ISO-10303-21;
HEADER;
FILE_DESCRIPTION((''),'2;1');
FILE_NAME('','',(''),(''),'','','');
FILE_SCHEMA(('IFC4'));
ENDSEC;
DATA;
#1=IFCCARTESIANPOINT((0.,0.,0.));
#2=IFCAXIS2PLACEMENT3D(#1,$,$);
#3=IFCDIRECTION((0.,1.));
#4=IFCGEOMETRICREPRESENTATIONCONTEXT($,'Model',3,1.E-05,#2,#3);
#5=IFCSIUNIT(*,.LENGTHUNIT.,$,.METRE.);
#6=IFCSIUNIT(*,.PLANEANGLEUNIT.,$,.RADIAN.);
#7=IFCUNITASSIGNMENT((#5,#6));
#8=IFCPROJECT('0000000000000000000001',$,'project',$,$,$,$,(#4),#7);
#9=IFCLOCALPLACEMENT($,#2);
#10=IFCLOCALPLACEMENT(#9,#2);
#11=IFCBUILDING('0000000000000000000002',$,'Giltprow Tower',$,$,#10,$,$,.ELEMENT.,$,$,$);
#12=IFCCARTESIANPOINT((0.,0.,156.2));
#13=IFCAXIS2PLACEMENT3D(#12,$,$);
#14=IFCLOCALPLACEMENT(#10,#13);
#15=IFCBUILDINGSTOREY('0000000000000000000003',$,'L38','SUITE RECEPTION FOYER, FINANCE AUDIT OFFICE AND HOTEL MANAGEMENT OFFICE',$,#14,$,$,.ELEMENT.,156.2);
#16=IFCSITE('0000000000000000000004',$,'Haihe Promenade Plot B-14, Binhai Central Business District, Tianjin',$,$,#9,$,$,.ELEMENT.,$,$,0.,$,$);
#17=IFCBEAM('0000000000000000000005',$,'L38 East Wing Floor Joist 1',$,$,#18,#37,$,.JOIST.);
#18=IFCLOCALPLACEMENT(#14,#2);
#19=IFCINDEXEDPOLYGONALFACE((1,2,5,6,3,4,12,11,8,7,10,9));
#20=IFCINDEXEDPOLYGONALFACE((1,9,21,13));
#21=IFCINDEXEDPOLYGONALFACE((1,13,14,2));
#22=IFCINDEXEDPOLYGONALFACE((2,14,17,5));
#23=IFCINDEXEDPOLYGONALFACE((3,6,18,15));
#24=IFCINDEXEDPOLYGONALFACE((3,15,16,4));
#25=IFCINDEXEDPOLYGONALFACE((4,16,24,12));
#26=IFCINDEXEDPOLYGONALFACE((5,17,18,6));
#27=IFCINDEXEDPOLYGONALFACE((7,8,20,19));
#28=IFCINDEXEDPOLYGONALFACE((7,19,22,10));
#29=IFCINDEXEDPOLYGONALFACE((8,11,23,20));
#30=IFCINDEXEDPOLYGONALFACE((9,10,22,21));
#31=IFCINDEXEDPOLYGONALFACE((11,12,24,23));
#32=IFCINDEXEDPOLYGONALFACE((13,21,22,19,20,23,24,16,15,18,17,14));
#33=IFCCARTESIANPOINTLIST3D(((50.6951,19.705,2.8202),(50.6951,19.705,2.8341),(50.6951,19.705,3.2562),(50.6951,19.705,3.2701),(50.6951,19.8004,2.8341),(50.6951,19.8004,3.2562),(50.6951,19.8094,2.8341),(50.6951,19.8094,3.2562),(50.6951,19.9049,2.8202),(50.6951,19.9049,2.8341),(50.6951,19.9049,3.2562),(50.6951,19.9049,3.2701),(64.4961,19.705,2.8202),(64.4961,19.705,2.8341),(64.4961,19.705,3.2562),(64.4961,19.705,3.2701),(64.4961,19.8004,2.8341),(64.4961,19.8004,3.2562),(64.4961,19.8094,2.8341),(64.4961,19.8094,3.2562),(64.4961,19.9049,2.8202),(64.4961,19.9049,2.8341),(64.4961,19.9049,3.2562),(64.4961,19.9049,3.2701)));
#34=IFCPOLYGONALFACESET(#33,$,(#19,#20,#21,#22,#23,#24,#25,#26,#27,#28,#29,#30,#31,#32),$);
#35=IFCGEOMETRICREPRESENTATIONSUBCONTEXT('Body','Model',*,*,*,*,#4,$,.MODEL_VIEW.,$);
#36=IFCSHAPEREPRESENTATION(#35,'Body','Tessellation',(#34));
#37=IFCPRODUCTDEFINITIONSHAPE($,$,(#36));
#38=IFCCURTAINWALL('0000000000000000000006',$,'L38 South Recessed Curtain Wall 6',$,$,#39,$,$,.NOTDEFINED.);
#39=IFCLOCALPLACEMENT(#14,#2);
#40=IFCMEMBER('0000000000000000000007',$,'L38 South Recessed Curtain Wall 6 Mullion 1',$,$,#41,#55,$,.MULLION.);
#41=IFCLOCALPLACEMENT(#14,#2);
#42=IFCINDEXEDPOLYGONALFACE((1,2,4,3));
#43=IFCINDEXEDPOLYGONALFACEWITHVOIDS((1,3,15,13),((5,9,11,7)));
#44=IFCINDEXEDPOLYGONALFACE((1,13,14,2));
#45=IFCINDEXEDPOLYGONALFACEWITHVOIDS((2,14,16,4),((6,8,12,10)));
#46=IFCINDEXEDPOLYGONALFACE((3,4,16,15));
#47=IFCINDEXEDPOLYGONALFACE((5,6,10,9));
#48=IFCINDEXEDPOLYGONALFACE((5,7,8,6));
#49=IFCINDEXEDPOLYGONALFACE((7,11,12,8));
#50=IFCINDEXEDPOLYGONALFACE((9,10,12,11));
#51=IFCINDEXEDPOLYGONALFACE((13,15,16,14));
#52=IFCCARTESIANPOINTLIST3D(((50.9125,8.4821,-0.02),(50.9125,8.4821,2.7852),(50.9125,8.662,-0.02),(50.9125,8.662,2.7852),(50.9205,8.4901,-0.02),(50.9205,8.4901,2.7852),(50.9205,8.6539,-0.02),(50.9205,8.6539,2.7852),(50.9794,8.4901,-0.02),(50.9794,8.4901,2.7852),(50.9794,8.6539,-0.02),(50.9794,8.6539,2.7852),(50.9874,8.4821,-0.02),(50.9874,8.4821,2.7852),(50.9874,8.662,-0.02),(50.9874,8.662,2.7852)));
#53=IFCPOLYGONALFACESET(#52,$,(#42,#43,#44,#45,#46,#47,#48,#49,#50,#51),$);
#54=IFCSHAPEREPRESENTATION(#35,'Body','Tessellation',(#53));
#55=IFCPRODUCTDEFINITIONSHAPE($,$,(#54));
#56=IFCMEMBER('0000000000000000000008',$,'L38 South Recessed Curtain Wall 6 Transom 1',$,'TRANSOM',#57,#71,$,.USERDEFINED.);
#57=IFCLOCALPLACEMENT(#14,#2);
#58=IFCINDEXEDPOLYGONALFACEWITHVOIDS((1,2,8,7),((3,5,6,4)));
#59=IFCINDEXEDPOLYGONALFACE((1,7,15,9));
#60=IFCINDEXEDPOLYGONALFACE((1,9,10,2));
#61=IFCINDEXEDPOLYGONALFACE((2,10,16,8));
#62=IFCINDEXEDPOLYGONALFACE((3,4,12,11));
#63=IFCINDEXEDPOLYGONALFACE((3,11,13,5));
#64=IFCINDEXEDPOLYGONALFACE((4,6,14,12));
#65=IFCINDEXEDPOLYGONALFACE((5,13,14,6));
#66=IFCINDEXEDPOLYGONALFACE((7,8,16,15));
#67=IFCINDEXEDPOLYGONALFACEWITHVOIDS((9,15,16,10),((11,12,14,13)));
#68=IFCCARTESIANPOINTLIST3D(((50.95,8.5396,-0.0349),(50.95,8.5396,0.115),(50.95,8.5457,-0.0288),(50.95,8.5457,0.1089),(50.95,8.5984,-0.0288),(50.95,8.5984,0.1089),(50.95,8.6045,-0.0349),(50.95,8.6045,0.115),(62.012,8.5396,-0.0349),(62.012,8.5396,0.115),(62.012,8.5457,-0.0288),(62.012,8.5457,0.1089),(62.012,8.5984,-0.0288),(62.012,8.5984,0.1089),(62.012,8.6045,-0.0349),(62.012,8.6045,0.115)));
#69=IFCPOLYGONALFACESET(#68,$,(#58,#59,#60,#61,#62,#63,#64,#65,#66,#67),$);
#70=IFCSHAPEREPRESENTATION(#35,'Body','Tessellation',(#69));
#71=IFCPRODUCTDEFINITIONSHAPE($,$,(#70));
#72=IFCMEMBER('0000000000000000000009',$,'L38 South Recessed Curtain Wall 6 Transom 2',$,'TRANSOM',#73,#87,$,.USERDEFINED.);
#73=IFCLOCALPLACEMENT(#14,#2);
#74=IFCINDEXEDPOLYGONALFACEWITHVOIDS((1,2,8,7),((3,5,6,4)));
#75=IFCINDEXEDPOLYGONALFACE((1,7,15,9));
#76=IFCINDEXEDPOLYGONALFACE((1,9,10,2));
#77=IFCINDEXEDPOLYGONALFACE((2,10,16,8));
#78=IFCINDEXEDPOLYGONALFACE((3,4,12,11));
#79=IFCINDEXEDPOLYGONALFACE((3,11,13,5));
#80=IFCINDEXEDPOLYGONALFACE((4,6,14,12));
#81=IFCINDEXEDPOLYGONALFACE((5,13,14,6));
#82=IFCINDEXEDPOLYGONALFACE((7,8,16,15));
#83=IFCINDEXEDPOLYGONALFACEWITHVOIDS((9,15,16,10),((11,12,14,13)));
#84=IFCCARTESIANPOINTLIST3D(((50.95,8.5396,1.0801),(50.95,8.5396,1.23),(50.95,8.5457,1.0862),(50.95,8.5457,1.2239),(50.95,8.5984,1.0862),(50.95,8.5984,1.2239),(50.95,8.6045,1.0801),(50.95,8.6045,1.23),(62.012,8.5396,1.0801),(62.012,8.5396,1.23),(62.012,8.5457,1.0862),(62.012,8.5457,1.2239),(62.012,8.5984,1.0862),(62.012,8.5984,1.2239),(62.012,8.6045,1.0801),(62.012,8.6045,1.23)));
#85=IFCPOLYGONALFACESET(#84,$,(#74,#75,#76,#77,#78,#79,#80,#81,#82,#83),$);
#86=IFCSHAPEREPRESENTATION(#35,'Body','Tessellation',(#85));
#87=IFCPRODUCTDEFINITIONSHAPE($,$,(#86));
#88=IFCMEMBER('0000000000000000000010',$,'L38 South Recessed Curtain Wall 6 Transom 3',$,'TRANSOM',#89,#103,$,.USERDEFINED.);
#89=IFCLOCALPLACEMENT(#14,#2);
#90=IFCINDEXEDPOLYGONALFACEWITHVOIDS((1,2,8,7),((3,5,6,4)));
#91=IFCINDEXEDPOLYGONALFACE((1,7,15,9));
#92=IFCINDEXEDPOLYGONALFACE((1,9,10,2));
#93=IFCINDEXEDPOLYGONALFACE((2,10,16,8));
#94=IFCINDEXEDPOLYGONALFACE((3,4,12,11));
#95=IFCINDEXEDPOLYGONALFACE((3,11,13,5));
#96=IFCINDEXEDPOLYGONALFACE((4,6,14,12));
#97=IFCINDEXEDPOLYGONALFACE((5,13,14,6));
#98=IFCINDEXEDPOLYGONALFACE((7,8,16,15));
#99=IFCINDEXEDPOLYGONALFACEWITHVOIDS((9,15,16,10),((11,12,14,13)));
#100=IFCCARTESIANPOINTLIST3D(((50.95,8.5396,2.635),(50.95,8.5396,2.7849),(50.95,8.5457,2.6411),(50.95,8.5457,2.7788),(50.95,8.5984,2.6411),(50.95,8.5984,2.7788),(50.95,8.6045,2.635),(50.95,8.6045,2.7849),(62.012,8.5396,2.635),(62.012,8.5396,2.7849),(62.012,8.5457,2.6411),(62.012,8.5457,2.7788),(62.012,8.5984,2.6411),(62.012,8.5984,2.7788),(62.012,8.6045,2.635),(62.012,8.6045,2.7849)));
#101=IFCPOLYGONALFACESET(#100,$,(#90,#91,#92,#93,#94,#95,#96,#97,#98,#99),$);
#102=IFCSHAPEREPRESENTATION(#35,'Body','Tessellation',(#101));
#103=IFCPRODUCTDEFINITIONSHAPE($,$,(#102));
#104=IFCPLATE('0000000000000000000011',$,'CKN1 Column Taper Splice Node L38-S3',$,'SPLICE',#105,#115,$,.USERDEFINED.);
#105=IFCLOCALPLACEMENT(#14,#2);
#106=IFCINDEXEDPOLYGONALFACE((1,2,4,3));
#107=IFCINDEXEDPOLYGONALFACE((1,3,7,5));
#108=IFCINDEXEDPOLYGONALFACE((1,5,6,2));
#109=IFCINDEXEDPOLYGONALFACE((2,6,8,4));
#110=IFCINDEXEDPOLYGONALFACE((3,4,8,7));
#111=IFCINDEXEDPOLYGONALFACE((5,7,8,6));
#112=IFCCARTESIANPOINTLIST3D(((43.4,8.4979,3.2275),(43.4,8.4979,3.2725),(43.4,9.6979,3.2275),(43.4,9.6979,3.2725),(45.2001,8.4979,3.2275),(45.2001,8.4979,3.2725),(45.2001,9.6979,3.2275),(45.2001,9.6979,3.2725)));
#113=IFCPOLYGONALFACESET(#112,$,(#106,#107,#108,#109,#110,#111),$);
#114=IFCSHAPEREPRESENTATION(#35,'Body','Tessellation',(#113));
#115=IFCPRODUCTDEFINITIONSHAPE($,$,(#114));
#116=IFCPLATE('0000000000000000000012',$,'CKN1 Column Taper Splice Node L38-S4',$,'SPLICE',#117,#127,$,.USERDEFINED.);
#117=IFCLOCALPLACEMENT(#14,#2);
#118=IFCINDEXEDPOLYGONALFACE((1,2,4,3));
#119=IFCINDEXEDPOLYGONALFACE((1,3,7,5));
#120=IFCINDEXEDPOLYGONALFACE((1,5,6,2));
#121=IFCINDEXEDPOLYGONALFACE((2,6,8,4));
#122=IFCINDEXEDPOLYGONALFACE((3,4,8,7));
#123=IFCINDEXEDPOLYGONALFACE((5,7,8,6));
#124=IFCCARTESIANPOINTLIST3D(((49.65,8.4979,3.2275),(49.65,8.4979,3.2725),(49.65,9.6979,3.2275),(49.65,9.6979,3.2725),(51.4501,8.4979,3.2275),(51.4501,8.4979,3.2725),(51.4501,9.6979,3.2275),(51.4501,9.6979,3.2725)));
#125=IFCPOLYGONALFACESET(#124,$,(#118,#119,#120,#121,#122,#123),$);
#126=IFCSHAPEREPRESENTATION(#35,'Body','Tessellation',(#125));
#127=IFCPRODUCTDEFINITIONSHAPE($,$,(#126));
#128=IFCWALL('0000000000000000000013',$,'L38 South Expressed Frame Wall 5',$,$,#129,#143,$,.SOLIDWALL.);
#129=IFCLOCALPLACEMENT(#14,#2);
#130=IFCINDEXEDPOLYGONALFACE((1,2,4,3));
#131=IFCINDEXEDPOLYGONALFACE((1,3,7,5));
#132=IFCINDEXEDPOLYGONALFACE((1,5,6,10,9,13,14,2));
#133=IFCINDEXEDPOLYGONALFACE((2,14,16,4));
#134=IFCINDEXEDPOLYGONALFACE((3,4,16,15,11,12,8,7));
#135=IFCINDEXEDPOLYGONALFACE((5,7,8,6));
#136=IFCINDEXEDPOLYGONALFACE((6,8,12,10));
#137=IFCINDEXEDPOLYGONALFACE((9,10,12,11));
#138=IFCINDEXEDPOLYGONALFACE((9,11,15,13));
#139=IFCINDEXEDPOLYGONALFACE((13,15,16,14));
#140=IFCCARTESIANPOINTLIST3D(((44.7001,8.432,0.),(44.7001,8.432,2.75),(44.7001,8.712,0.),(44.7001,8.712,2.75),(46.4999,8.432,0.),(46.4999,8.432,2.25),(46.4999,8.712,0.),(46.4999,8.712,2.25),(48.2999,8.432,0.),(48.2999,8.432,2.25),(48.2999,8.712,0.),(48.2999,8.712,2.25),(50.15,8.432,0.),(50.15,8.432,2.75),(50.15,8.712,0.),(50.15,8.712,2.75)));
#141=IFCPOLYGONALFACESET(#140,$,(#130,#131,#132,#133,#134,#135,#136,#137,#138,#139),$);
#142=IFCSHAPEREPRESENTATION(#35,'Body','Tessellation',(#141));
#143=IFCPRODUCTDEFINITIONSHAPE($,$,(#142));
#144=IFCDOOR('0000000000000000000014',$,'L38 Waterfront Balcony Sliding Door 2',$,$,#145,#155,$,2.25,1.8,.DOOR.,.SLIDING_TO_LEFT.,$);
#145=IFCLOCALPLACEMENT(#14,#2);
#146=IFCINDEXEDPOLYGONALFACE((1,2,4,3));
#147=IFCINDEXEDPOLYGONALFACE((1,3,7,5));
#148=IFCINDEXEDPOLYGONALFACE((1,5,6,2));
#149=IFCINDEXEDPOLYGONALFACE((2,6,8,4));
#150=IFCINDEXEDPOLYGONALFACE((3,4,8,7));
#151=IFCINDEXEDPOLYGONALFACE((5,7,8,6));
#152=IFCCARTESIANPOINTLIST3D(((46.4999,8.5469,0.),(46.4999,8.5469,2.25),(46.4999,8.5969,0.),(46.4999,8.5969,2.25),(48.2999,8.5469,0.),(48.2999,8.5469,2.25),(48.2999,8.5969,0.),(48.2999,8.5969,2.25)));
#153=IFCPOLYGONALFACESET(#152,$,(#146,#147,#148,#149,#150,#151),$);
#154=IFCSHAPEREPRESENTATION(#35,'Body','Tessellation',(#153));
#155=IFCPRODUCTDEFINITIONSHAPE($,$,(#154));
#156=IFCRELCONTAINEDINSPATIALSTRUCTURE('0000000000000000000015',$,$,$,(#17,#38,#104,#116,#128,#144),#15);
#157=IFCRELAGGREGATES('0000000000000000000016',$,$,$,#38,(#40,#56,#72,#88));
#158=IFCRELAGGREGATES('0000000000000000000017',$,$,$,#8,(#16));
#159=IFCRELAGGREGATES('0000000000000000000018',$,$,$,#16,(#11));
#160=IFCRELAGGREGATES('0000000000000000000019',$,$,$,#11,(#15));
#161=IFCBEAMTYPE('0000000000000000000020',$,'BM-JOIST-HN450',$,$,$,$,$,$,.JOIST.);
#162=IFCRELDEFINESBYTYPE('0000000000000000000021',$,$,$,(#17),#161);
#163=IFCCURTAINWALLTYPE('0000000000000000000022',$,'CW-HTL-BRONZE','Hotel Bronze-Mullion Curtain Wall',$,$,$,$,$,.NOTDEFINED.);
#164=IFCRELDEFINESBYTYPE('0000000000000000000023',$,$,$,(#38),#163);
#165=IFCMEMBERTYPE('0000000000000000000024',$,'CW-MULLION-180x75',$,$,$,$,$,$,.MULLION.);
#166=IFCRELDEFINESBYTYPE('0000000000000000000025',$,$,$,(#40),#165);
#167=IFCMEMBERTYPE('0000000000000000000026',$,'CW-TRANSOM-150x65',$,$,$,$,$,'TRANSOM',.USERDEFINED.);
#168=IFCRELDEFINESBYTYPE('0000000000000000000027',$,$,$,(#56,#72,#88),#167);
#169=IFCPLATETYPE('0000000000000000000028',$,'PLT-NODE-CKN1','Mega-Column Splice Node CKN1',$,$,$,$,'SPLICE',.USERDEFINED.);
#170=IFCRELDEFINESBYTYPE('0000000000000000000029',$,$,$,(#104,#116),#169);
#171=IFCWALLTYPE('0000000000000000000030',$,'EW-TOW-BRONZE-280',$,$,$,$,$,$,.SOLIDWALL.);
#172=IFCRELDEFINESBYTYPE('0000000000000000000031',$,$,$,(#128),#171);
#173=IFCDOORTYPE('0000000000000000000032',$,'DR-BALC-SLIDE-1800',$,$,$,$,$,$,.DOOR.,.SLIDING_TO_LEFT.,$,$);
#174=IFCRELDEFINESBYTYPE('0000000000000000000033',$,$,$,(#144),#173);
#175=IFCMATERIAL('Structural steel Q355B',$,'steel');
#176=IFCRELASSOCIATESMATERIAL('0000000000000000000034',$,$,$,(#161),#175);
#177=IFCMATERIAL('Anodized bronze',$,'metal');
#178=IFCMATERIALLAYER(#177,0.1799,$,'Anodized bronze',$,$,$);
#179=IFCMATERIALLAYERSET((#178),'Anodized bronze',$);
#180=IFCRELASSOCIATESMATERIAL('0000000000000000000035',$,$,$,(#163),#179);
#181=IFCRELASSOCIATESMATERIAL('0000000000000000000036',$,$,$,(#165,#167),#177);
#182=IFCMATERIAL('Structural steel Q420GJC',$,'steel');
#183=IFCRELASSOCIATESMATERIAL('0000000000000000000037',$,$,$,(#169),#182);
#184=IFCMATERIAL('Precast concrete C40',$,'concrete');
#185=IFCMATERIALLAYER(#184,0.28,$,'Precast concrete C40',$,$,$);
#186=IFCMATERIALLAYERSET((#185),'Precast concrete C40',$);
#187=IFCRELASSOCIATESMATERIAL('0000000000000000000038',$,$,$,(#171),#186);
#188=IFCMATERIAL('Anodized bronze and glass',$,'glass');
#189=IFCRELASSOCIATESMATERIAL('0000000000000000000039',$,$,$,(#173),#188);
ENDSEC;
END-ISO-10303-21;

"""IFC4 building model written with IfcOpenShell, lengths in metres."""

from ifc_helpers import new_model, si_unit, direction, frame, frame_2d, origin, origin_2d, place, context, subcontext, project, spatial, rectangle, hollow_rectangle, i_section, extrude, source, transform, mapped, material, layer, layer_set, material_profile, profile_set, type_object, element, fill, aggregate, save


model = new_model("IFC4")

# Units and contexts
model_context = context("Model", 3, precision=1e-05, world=origin(), true_north=direction((0.0, 1.0)))
body_context = subcontext(model_context, "Body", "Model", "MODEL_VIEW")
ifc_project = project(units=[si_unit("LENGTHUNIT", "METRE"), si_unit("PLANEANGLEUNIT", "RADIAN")], contexts=[model_context])

# Site, building, storey
site_placement = place(None, origin())
site = spatial("IfcSite", under=ifc_project, at=site_placement, Name="Haihe Promenade Plot B-14, Binhai Central Business District, Tianjin", CompositionType="ELEMENT", RefElevation=0.0)
building_placement = place(site_placement, origin())
building = spatial("IfcBuilding", under=site, at=building_placement, Name="Giltprow Tower", CompositionType="ELEMENT")
storey_placement = place(building_placement, frame((0.0, 0.0, 156.2)))
storey = spatial("IfcBuildingStorey", under=building, at=storey_placement, Name="L38", Description="SUITE RECEPTION FOYER, FINANCE AUDIT OFFICE AND HOTEL MANAGEMENT OFFICE", CompositionType="ELEMENT", Elevation=156.2)

# Shared definitions
ifc_material_1 = material(Name="Structural steel Q420GJC", Category="steel")

# Beam
ifc_material_2 = material(Name="Structural steel Q355B", Category="steel")
ifc_material_profile_1 = material_profile(ifc_material_2, i_section(OverallWidth=0.2, OverallDepth=0.45, WebThickness=0.009, FlangeThickness=0.0139, at=origin_2d()), Name="HN 450x200x9x14")
ifc_profile_set_1 = profile_set([ifc_material_profile_1], Name="Structural steel Q355B")
beam_type_1 = type_object("IfcBeamType", Name="BM-JOIST-HN450", PredefinedType="JOIST", material=ifc_profile_set_1)
shared_shape_1 = source(origin(), body_context, "Body", "SweptSolid", [
    extrude(i_section(OverallWidth=0.2, OverallDepth=0.45, WebThickness=0.009, FlangeThickness=0.0139, at=origin_2d()), origin(), (0.0, 0.0, 1.0), 13.801),
])
beam_1_placement = place(storey_placement, frame((50.6951, 19.8049, 3.0452), z_axis=(1.0, 0.0, 0.0), x_axis=(0.0, 1.0, 0.0)))
element("IfcBeam", 1, at=beam_1_placement, inside=storey, type_object=beam_type_1, Name="L38 East Wing Floor Joist 1", PredefinedType="JOIST", context=body_context, shape_type="MappedRepresentation", body=[
    mapped(shared_shape_1, transform((0.0, 0.0, 0.0), x_axis=(1.0, 0.0, 0.0), y_axis=(0.0, 1.0, 0.0), z_axis=(0.0, 0.0, 1.0), scale=1.0)),
])

# Curtain wall, members
ifc_material_3 = material(Name="Anodized bronze", Category="metal")
ifc_layer_1 = layer(ifc_material_3, 0.1799, Name="Anodized bronze")
ifc_layer_set_1 = layer_set([ifc_layer_1], Name="Anodized bronze")
curtain_wall_type = type_object("IfcCurtainWallType", Name="CW-HTL-BRONZE", Description="Hotel Bronze-Mullion Curtain Wall", PredefinedType="NOTDEFINED", material=ifc_layer_set_1)
curtain_wall_placement = place(storey_placement, origin())
curtain_wall = element("IfcCurtainWall", 2, at=curtain_wall_placement, inside=storey, type_object=curtain_wall_type, Name="L38 South Recessed Curtain Wall 6", PredefinedType="NOTDEFINED")
ifc_material_profile_2 = material_profile(ifc_material_3, hollow_rectangle(XDim=0.075, YDim=0.1799, WallThickness=0.0081, at=origin_2d()), Name="RHS 180x75x8")
ifc_profile_set_2 = profile_set([ifc_material_profile_2], Name="Anodized bronze")
member_type_1 = type_object("IfcMemberType", Name="CW-MULLION-180x75", PredefinedType="MULLION", material=ifc_profile_set_2)
shared_shape_2 = source(origin(), body_context, "Body", "SweptSolid", [
    extrude(hollow_rectangle(XDim=0.075, YDim=0.1799, WallThickness=0.0081, at=origin_2d()), origin(), (0.0, 0.0, 1.0), 2.8052),
])
member_1_placement = place(storey_placement, frame((50.95, 8.572, -0.02), z_axis=(0.0, 0.0, 1.0), x_axis=(1.0, 0.0, 0.0)))
member_1 = element("IfcMember", 3, at=member_1_placement, type_object=member_type_1, Name="L38 South Recessed Curtain Wall 6 Mullion 1", PredefinedType="MULLION", context=body_context, shape_type="MappedRepresentation", body=[
    mapped(shared_shape_2, transform((0.0, 0.0, 0.0), x_axis=(1.0, 0.0, 0.0), y_axis=(0.0, 1.0, 0.0), z_axis=(0.0, 0.0, 1.0), scale=1.0)),
])
ifc_material_profile_3 = material_profile(ifc_material_3, hollow_rectangle(XDim=0.0649, YDim=0.1499, WallThickness=0.0061, at=origin_2d()), Name="RHS 150x65x6")
ifc_profile_set_3 = profile_set([ifc_material_profile_3], Name="Anodized bronze")
member_type_2 = type_object("IfcMemberType", Name="CW-TRANSOM-150x65", ElementType="TRANSOM", PredefinedType="USERDEFINED", material=ifc_profile_set_3)
shared_shape_3 = source(origin(), body_context, "Body", "SweptSolid", [
    extrude(hollow_rectangle(XDim=0.0649, YDim=0.1499, WallThickness=0.0061, at=origin_2d()), origin(), (0.0, 0.0, 1.0), 11.062),
])
member_2_placement = place(storey_placement, frame((50.95, 8.572, 0.04), z_axis=(1.0, 0.0, 0.0), x_axis=(0.0, 1.0, 0.0)))
member_2 = element("IfcMember", 4, at=member_2_placement, type_object=member_type_2, Name="L38 South Recessed Curtain Wall 6 Transom 1", ObjectType="TRANSOM", PredefinedType="USERDEFINED", context=body_context, shape_type="MappedRepresentation", body=[
    mapped(shared_shape_3, transform((0.0, 0.0, 0.0), x_axis=(1.0, 0.0, 0.0), y_axis=(0.0, 1.0, 0.0), z_axis=(0.0, 0.0, 1.0), scale=1.0)),
])
member_3_placement = place(storey_placement, frame((50.95, 8.572, 1.155), z_axis=(1.0, 0.0, 0.0), x_axis=(0.0, 1.0, 0.0)))
member_3 = element("IfcMember", 5, at=member_3_placement, type_object=member_type_2, Name="L38 South Recessed Curtain Wall 6 Transom 2", ObjectType="TRANSOM", PredefinedType="USERDEFINED", context=body_context, shape_type="MappedRepresentation", body=[
    mapped(shared_shape_3, transform((0.0, 0.0, 0.0), x_axis=(1.0, 0.0, 0.0), y_axis=(0.0, 1.0, 0.0), z_axis=(0.0, 0.0, 1.0), scale=1.0)),
])
member_4_placement = place(storey_placement, frame((50.95, 8.572, 2.71), z_axis=(1.0, 0.0, 0.0), x_axis=(0.0, 1.0, 0.0)))
member_4 = element("IfcMember", 6, at=member_4_placement, type_object=member_type_2, Name="L38 South Recessed Curtain Wall 6 Transom 3", ObjectType="TRANSOM", PredefinedType="USERDEFINED", context=body_context, shape_type="MappedRepresentation", body=[
    mapped(shared_shape_3, transform((0.0, 0.0, 0.0), x_axis=(1.0, 0.0, 0.0), y_axis=(0.0, 1.0, 0.0), z_axis=(0.0, 0.0, 1.0), scale=1.0)),
])
aggregate(curtain_wall, [member_1, member_2, member_3, member_4])

# Plates
plate_type = type_object("IfcPlateType", Name="PLT-NODE-CKN1", Description="Mega-Column Splice Node CKN1", ElementType="SPLICE", PredefinedType="USERDEFINED", material=ifc_material_1)
shared_shape_4 = source(origin(), body_context, "Body", "SweptSolid", [
    extrude(rectangle(XDim=1.8, YDim=1.2, at=origin_2d()), origin(), (0.0, 0.0, 1.0), 0.0449),
])
for number, where, z_axis, x_axis, name in (
    (7, (44.3, 9.0979, 3.2275), (0.0, 0.0, 1.0), (1.0, 0.0, 0.0), "CKN1 Column Taper Splice Node L38-S3"),
    (8, (50.55, 9.0979, 3.2275), (0.0, 0.0, 1.0), (1.0, 0.0, 0.0), "CKN1 Column Taper Splice Node L38-S4"),
):
    element("IfcPlate", number, at=place(storey_placement, frame(where, z_axis=z_axis, x_axis=x_axis)), inside=storey, type_object=plate_type, Name=name, ObjectType="SPLICE", PredefinedType="USERDEFINED", context=body_context, shape_type="MappedRepresentation", body=[
        mapped(shared_shape_4, transform((0.0, 0.0, 0.0), x_axis=(1.0, 0.0, 0.0), y_axis=(0.0, 1.0, 0.0), z_axis=(0.0, 0.0, 1.0), scale=1.0)),
    ])

# Wall, opening, door
ifc_material_4 = material(Name="Precast concrete C40", Category="concrete")
ifc_layer_2 = layer(ifc_material_4, 0.28, Name="Precast concrete C40")
ifc_layer_set_2 = layer_set([ifc_layer_2], Name="Precast concrete C40")
wall_type = type_object("IfcWallType", Name="EW-TOW-BRONZE-280", PredefinedType="SOLIDWALL", material=ifc_layer_set_2)
wall_placement = place(storey_placement, frame((44.7, 8.572, 0.0), z_axis=(0.0, 0.0, 1.0), x_axis=(1.0, 0.0, 0.0)))
wall = element("IfcWall", 9, at=wall_placement, inside=storey, type_object=wall_type, Name="L38 South Expressed Frame Wall 5", PredefinedType="SOLIDWALL", context=body_context, shape_type="SweptSolid", body=[
    extrude(rectangle(XDim=5.45, YDim=0.28, at=frame_2d((2.7251, 0.0))), origin(), (0.0, 0.0, 1.0), 2.75),
])
opening_placement = place(wall_placement, frame((1.8, 0.0, 0.0)))
opening = element("IfcOpeningElement", 10, at=opening_placement, cuts=wall, PredefinedType="OPENING", context=body_context, shape_type="SweptSolid", body=[
    extrude(rectangle(XDim=1.8, YDim=2.25, at=frame_2d((0.8999, 1.125))), frame((0.0, 0.1499, 0.0), z_axis=(0.0, -1.0, 0.0), x_axis=(1.0, 0.0, 0.0)), (0.0, 0.0, 1.0), 0.3),
])
ifc_material_5 = material(Name="Anodized bronze and glass", Category="glass")
door_type = type_object("IfcDoorType", Name="DR-BALC-SLIDE-1800", OperationType="SLIDING_TO_LEFT", PredefinedType="DOOR", material=ifc_material_5)
shared_shape_5 = source(origin(), body_context, "Body", "SweptSolid", [
    extrude(rectangle(XDim=1.8, YDim=2.25, at=frame_2d((0.8999, 1.125))), frame((0.0, 0.0249, 0.0), z_axis=(0.0, -1.0, 0.0), x_axis=(1.0, 0.0, 0.0)), (0.0, 0.0, 1.0), 0.05),
])
door_placement = place(opening_placement, origin())
door = element("IfcDoor", 11, at=door_placement, inside=storey, type_object=door_type, Name="L38 Waterfront Balcony Sliding Door 2", OperationType="SLIDING_TO_LEFT", OverallHeight=2.25, OverallWidth=1.8, PredefinedType="DOOR", context=body_context, shape_type="MappedRepresentation", body=[
    mapped(shared_shape_5, transform((0.0, 0.0, 0.0), x_axis=(1.0, 0.0, 0.0), y_axis=(0.0, 1.0, 0.0), z_axis=(0.0, 0.0, 1.0), scale=1.0)),
])
fill(opening, door)

save(model, "model.ifc")
